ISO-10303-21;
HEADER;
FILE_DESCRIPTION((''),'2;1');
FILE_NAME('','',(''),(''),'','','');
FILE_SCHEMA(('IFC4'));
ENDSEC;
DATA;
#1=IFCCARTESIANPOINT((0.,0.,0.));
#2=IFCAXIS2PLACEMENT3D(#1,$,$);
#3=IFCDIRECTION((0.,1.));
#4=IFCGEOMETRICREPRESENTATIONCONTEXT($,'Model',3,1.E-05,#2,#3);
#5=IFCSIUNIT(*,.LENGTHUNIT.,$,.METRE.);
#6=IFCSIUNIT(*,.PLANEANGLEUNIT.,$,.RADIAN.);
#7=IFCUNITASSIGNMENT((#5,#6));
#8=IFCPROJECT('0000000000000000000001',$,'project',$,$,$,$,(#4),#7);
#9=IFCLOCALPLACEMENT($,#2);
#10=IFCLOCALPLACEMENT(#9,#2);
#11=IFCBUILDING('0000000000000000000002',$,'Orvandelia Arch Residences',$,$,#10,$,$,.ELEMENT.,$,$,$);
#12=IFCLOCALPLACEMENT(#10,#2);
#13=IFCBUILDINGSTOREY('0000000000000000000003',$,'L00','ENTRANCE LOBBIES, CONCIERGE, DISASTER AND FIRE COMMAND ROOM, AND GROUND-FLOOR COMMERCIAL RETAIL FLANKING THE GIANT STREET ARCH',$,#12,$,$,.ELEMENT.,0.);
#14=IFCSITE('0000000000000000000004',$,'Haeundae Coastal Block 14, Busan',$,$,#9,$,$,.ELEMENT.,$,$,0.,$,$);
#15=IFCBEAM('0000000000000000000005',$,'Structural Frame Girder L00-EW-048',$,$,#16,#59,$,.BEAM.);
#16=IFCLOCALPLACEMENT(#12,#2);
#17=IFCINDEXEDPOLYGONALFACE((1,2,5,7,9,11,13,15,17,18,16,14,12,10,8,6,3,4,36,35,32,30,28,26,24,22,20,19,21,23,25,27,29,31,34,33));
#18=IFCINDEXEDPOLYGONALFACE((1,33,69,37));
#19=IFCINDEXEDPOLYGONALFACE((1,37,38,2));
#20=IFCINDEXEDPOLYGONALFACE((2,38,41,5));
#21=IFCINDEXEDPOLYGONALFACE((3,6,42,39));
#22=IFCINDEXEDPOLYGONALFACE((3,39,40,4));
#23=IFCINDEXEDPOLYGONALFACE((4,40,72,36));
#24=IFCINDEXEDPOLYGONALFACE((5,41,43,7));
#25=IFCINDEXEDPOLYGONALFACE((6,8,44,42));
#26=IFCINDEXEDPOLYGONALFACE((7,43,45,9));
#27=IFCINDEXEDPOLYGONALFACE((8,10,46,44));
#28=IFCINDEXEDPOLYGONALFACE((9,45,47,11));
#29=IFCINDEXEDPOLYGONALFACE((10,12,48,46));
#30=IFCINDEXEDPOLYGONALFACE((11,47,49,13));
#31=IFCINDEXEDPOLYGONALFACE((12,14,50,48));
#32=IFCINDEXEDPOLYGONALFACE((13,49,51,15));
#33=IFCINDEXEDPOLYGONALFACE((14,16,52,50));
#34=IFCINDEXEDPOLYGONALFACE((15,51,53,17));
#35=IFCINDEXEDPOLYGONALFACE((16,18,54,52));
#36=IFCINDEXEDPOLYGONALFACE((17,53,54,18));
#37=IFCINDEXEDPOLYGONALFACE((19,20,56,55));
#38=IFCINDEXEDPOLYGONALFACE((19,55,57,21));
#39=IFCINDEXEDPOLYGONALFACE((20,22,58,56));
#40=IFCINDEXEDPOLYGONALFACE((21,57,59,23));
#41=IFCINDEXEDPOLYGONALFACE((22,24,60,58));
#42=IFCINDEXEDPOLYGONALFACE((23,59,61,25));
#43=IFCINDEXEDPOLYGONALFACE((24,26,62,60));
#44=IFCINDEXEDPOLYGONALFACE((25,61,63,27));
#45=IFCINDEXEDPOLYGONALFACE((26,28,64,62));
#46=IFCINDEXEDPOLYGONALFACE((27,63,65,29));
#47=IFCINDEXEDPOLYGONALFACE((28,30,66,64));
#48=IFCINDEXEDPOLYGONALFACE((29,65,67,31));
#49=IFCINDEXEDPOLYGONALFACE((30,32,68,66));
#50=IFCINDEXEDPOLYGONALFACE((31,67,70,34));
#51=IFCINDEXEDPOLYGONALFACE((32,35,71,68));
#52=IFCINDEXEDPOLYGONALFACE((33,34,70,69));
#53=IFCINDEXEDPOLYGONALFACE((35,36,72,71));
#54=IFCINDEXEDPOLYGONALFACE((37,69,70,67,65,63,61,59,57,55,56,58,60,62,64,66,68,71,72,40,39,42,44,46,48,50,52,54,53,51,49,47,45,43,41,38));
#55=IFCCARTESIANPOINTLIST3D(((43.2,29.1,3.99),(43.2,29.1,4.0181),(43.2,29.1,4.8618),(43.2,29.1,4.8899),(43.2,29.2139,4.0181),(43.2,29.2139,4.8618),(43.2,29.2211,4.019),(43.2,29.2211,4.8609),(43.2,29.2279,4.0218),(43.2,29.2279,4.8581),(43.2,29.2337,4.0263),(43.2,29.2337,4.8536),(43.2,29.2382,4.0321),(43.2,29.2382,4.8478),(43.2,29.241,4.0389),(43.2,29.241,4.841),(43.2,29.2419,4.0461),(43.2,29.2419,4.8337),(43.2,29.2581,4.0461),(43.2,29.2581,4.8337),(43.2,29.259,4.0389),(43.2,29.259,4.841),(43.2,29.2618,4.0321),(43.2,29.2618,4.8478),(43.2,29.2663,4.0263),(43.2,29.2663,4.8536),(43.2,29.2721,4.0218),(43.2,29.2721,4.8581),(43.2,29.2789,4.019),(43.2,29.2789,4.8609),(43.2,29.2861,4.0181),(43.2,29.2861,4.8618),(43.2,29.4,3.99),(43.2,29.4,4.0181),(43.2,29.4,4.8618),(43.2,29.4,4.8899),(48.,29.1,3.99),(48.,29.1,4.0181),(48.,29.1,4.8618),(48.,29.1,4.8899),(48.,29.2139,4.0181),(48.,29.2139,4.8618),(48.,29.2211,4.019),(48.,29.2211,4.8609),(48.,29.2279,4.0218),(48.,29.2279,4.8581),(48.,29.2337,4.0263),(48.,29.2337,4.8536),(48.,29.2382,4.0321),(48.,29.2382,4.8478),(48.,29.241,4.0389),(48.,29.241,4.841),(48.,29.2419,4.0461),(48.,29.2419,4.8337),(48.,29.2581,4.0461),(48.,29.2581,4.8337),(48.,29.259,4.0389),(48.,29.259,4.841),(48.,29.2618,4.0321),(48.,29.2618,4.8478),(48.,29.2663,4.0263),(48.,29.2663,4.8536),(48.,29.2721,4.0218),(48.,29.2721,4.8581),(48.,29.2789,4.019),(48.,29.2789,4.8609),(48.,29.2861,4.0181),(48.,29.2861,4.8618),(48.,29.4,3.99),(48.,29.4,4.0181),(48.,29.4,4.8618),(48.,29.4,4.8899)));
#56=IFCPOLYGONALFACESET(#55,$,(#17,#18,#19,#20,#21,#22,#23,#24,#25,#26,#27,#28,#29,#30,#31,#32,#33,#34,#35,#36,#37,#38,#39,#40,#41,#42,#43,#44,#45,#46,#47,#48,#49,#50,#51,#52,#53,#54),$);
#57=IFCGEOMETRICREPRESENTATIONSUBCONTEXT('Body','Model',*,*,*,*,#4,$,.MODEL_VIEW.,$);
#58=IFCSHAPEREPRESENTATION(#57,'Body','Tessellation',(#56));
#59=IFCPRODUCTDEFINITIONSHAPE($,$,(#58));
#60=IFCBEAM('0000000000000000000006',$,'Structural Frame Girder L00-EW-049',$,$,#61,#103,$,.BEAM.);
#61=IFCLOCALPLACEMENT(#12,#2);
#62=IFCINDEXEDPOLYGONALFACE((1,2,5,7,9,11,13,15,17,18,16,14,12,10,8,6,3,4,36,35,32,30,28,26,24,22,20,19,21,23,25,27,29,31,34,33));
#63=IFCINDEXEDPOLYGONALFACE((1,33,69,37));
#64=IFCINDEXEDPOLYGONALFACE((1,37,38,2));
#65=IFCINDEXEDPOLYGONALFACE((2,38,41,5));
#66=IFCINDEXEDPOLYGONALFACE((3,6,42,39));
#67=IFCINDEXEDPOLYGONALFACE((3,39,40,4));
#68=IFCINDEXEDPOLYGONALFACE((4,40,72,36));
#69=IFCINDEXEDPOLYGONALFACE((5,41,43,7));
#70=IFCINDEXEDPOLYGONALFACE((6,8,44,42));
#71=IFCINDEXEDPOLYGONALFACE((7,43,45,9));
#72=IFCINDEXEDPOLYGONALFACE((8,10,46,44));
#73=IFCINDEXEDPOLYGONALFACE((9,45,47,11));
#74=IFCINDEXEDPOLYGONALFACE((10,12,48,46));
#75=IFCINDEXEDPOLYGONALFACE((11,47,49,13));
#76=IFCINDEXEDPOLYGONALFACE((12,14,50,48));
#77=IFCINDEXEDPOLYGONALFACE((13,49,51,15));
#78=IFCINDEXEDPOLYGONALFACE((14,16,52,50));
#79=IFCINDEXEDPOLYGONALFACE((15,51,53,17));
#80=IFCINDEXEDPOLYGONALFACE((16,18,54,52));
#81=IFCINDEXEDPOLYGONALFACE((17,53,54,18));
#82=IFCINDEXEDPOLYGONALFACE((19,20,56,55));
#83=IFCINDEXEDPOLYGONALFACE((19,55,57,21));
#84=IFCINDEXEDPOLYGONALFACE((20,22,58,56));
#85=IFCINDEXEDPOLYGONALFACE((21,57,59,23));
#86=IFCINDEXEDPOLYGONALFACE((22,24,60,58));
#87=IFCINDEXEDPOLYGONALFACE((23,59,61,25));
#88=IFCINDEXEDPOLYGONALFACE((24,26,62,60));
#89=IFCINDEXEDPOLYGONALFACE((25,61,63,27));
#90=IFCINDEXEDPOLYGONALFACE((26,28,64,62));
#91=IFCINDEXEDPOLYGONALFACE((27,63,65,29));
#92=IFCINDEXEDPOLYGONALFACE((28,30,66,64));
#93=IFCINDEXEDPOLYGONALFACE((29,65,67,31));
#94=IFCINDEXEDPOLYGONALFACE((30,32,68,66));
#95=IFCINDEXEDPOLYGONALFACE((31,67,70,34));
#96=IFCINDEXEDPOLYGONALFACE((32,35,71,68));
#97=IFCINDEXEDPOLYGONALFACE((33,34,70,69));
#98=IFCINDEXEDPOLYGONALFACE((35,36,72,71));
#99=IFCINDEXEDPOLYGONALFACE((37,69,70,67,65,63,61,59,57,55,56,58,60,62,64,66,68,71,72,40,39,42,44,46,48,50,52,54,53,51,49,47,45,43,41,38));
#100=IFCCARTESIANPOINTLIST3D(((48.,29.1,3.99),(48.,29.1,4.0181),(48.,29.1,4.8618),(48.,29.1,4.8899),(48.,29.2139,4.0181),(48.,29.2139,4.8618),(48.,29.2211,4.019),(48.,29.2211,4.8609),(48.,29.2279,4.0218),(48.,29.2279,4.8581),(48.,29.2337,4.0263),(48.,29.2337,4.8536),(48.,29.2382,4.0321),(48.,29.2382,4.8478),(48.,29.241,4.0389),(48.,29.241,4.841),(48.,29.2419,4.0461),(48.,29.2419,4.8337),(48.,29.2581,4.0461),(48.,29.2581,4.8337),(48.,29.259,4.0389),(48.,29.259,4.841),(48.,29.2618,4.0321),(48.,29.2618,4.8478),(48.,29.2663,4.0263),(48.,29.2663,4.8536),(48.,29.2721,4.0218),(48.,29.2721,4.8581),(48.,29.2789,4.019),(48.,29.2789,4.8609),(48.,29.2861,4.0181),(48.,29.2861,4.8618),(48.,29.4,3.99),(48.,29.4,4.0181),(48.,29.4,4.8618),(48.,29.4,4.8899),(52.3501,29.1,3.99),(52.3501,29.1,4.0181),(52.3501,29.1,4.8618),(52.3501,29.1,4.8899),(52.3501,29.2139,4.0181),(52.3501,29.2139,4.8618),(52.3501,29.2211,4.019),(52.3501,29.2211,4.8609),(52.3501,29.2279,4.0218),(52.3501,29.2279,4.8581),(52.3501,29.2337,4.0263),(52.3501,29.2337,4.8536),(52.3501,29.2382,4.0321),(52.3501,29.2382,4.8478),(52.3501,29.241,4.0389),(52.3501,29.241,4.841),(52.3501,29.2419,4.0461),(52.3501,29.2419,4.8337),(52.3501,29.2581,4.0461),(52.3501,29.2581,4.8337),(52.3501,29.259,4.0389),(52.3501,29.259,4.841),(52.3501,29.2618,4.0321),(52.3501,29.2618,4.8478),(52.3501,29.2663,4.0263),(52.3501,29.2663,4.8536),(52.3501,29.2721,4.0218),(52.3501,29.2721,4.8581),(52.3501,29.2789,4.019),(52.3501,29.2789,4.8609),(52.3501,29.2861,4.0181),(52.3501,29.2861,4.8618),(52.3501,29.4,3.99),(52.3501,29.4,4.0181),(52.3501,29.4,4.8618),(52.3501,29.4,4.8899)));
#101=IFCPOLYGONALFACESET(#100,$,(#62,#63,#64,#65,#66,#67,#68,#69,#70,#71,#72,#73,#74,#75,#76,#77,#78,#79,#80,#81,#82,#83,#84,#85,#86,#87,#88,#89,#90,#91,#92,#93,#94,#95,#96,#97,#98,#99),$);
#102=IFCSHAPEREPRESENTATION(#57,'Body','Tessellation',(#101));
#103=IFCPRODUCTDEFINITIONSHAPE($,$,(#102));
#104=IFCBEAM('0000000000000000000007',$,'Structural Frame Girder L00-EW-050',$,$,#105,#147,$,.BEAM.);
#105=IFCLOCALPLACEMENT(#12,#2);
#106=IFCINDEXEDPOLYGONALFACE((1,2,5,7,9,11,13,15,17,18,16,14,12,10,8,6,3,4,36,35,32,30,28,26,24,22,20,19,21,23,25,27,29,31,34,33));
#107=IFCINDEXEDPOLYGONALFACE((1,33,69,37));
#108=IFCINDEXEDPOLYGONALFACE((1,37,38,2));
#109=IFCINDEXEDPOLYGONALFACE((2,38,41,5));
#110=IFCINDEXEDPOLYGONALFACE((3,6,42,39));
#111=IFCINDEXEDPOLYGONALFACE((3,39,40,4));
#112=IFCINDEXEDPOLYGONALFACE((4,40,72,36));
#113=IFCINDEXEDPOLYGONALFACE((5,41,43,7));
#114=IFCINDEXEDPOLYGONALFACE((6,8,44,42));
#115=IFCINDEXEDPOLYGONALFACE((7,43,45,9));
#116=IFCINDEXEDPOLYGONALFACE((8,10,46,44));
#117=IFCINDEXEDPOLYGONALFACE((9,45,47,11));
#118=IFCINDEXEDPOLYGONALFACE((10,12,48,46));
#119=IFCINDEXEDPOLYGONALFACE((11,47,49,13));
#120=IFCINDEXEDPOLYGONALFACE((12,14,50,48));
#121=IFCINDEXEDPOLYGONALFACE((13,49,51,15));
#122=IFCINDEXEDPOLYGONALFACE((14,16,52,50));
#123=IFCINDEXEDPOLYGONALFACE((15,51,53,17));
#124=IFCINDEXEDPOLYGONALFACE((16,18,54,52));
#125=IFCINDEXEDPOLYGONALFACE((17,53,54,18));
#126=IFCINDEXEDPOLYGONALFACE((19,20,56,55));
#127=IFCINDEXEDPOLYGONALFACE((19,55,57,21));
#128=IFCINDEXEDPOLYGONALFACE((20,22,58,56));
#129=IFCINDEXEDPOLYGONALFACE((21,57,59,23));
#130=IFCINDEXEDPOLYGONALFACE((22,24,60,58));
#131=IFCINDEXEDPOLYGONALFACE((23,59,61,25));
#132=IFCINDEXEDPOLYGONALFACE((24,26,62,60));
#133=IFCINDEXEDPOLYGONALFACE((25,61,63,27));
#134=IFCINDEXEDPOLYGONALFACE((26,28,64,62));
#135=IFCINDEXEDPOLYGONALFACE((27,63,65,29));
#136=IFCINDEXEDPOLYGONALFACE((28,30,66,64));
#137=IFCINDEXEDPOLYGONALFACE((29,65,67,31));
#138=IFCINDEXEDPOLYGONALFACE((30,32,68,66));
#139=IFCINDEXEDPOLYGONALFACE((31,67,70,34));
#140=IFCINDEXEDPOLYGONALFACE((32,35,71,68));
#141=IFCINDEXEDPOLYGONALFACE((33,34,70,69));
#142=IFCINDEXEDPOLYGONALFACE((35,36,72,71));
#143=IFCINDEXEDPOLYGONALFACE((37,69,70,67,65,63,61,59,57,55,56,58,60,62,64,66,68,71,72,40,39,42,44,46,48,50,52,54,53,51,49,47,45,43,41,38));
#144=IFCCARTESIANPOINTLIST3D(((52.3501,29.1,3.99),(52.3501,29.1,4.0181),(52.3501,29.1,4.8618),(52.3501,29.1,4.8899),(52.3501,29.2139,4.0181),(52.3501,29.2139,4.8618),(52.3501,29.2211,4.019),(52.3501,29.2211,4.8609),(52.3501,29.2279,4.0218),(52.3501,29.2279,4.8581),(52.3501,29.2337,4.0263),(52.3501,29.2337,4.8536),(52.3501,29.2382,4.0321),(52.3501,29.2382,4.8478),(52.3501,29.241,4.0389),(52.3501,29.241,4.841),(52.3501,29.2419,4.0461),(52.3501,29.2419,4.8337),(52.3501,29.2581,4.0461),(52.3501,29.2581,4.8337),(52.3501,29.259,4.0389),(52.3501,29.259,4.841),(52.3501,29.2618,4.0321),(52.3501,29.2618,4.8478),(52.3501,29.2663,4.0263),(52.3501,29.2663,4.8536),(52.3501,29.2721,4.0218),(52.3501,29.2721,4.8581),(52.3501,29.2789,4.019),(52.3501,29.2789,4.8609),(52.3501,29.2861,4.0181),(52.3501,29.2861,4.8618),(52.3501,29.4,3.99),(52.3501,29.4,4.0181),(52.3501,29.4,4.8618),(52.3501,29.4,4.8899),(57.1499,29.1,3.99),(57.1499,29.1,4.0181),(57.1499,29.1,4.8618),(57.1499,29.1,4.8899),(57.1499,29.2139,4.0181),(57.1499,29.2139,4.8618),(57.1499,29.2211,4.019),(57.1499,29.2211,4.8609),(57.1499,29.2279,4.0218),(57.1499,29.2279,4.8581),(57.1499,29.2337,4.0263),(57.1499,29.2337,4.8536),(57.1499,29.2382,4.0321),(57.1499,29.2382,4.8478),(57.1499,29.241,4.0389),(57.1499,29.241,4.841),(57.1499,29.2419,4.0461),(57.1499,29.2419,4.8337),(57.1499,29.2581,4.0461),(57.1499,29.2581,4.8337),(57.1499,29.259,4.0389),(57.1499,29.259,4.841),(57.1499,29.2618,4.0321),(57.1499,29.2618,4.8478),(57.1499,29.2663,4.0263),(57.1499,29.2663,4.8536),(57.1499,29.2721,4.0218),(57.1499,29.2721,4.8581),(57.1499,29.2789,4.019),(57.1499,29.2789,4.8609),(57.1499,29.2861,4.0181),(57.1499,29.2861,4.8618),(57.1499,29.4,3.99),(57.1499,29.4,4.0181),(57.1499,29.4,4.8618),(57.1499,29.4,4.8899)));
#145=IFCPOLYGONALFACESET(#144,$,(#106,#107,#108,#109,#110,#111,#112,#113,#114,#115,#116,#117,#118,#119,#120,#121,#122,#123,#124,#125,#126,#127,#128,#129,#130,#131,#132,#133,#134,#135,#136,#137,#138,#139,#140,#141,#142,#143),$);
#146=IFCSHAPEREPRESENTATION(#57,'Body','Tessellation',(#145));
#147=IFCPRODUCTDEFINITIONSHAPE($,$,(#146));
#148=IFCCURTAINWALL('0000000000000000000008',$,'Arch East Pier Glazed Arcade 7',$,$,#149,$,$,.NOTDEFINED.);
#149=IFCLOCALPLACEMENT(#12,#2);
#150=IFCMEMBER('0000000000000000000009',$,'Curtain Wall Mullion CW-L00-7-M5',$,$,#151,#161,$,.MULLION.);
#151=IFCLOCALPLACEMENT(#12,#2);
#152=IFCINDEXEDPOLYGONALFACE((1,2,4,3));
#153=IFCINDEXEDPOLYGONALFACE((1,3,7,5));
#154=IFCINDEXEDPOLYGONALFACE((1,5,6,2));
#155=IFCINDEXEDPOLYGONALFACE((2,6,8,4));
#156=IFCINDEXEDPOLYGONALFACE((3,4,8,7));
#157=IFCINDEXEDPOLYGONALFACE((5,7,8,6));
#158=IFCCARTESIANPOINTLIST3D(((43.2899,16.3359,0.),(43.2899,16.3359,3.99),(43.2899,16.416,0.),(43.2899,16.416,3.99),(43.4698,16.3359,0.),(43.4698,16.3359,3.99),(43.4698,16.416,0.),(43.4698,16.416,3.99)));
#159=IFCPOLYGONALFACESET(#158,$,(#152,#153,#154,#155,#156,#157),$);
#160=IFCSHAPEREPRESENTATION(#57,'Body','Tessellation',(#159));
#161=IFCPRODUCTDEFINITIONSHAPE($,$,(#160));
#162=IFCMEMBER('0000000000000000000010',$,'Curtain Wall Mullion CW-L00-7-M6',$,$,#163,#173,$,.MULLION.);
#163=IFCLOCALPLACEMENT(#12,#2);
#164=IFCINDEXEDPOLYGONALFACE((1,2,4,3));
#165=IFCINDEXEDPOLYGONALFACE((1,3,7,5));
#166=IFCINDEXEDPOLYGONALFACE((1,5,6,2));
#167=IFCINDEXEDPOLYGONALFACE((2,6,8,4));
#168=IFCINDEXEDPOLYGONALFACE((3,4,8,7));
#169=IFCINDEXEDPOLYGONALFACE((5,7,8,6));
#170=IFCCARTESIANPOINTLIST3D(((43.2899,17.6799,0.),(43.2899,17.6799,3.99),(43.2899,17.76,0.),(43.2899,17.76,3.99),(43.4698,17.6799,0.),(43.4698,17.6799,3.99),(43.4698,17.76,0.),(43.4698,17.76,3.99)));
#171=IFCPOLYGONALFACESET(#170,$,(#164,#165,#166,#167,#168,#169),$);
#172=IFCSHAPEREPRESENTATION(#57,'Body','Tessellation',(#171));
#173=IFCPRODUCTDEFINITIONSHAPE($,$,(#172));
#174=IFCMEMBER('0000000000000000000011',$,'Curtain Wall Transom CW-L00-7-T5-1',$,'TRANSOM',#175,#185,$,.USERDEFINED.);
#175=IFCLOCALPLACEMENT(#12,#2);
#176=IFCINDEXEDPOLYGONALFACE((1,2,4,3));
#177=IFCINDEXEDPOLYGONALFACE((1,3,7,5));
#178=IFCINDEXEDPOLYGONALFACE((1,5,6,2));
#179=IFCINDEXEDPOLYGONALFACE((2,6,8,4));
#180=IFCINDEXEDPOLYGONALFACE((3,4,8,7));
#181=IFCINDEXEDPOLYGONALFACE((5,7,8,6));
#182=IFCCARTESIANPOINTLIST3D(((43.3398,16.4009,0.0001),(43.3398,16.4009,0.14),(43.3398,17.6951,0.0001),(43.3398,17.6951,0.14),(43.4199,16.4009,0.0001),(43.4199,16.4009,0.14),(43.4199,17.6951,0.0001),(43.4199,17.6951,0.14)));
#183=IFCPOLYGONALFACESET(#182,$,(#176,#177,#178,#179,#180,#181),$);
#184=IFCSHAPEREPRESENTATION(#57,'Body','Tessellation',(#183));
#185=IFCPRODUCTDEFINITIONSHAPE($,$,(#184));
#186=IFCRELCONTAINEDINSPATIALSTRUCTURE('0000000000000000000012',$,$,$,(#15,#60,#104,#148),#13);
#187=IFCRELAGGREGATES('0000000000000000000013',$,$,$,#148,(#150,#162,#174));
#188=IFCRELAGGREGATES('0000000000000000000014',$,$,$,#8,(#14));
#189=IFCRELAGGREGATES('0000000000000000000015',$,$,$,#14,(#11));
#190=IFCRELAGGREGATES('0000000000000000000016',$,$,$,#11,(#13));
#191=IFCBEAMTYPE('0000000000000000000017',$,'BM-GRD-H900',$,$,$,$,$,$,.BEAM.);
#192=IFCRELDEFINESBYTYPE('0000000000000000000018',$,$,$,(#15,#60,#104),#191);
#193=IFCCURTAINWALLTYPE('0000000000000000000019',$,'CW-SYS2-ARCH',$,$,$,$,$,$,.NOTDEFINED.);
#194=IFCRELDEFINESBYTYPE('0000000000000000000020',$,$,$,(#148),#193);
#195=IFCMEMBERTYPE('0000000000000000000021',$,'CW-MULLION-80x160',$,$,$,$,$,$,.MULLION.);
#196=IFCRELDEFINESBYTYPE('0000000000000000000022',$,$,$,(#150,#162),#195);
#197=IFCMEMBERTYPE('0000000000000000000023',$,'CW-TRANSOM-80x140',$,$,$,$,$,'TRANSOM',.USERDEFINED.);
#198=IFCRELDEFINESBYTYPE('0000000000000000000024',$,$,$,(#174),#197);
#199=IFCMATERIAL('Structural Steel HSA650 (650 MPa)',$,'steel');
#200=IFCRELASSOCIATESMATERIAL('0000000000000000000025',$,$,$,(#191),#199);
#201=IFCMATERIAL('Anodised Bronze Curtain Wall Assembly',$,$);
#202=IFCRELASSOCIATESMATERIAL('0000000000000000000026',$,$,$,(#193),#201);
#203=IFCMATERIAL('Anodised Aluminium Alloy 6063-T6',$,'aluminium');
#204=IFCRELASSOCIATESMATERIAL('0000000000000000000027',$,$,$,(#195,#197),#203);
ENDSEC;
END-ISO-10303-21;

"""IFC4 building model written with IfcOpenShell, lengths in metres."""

from ifc_helpers import new_model, si_unit, direction, frame, origin, origin_2d, place, context, subcontext, project, spatial, rectangle, i_section, extrude, material, material_profile, profile_set, type_object, element, aggregate, save


model = new_model("IFC4")

# Units and contexts
model_context = context("Model", 3, precision=1e-05, world=origin(), true_north=direction((0.0, 1.0)))
body_context = subcontext(model_context, "Body", "Model", "MODEL_VIEW")
ifc_project = project(units=[si_unit("LENGTHUNIT", "METRE"), si_unit("PLANEANGLEUNIT", "RADIAN")], contexts=[model_context])

# Site, building, storey
site_placement = place(None, origin())
site = spatial("IfcSite", under=ifc_project, at=site_placement, Name="Haeundae Coastal Block 14, Busan", CompositionType="ELEMENT", RefElevation=0.0)
building_placement = place(site_placement, origin())
building = spatial("IfcBuilding", under=site, at=building_placement, Name="Orvandelia Arch Residences", CompositionType="ELEMENT")
storey_placement = place(building_placement, origin())
storey = spatial("IfcBuildingStorey", under=building, at=storey_placement, Name="L00", Description="ENTRANCE LOBBIES, CONCIERGE, DISASTER AND FIRE COMMAND ROOM, AND GROUND-FLOOR COMMERCIAL RETAIL FLANKING THE GIANT STREET ARCH", CompositionType="ELEMENT", Elevation=0.0)

# Beams
ifc_material_1 = material(Name="Structural Steel HSA650 (650 MPa)", Category="steel")
ifc_material_profile_1 = material_profile(ifc_material_1, i_section(OverallWidth=0.3, OverallDepth=0.8999, WebThickness=0.0161, FlangeThickness=0.0281, FilletRadius=0.0281, at=origin_2d()), Name="Structural Steel HSA650 (650 MPa)", Category="steel")
ifc_profile_set_1 = profile_set([ifc_material_profile_1], Name="Structural Steel HSA650 (650 MPa)")
beam_type = type_object("IfcBeamType", Name="BM-GRD-H900", PredefinedType="BEAM", material=ifc_profile_set_1)
beam_1_placement = place(storey_placement, frame((43.2, 29.25, 4.4399), z_axis=(1.0, 0.0, 0.0), x_axis=(0.0, 1.0, 0.0)))
element("IfcBeam", 1, at=beam_1_placement, inside=storey, type_object=beam_type, Name="Structural Frame Girder L00-EW-048", PredefinedType="BEAM", context=body_context, shape_type="SweptSolid", body=[
    extrude(i_section(OverallWidth=0.3, OverallDepth=0.8999, WebThickness=0.0161, FlangeThickness=0.0281, FilletRadius=0.0281, at=origin_2d()), origin(), (0.0, 0.0, 1.0), 4.8),
])
beam_2_placement = place(storey_placement, frame((48.0, 29.25, 4.4399), z_axis=(1.0, 0.0, 0.0), x_axis=(0.0, 1.0, 0.0)))
element("IfcBeam", 2, at=beam_2_placement, inside=storey, type_object=beam_type, Name="Structural Frame Girder L00-EW-049", PredefinedType="BEAM", context=body_context, shape_type="SweptSolid", body=[
    extrude(i_section(OverallWidth=0.3, OverallDepth=0.8999, WebThickness=0.0161, FlangeThickness=0.0281, FilletRadius=0.0281, at=origin_2d()), origin(), (0.0, 0.0, 1.0), 4.3501),
])
beam_3_placement = place(storey_placement, frame((52.3501, 29.25, 4.4399), z_axis=(1.0, 0.0, 0.0), x_axis=(0.0, 1.0, 0.0)))
element("IfcBeam", 3, at=beam_3_placement, inside=storey, type_object=beam_type, Name="Structural Frame Girder L00-EW-050", PredefinedType="BEAM", context=body_context, shape_type="SweptSolid", body=[
    extrude(i_section(OverallWidth=0.3, OverallDepth=0.8999, WebThickness=0.0161, FlangeThickness=0.0281, FilletRadius=0.0281, at=origin_2d()), origin(), (0.0, 0.0, 1.0), 4.7998),
])

# Curtain wall, members
ifc_material_2 = material(Name="Anodised Bronze Curtain Wall Assembly")
curtain_wall_type = type_object("IfcCurtainWallType", Name="CW-SYS2-ARCH", PredefinedType="NOTDEFINED", material=ifc_material_2)
curtain_wall_placement = place(storey_placement, origin())
curtain_wall = element("IfcCurtainWall", 4, at=curtain_wall_placement, inside=storey, type_object=curtain_wall_type, Name="Arch East Pier Glazed Arcade 7", PredefinedType="NOTDEFINED")
ifc_material_3 = material(Name="Anodised Aluminium Alloy 6063-T6", Category="aluminium")
ifc_material_profile_2 = material_profile(ifc_material_3, rectangle(XDim=0.0801, YDim=0.1799, at=origin_2d()), Name="Anodised Aluminium Alloy 6063-T6", Category="aluminium")
ifc_profile_set_2 = profile_set([ifc_material_profile_2], Name="Anodised Aluminium Alloy 6063-T6")
member_type_1 = type_object("IfcMemberType", Name="CW-MULLION-80x160", PredefinedType="MULLION", material=ifc_profile_set_2)
member_1_placement = place(storey_placement, frame((43.3799, 16.376, 0.0), z_axis=(0.0, 0.0, 1.0), x_axis=(0.0, 1.0, 0.0)))
member_1 = element("IfcMember", 5, at=member_1_placement, type_object=member_type_1, Name="Curtain Wall Mullion CW-L00-7-M5", PredefinedType="MULLION", context=body_context, shape_type="SweptSolid", body=[
    extrude(rectangle(XDim=0.0801, YDim=0.1799, at=origin_2d()), origin(), (0.0, 0.0, 1.0), 3.99),
])
member_2_placement = place(storey_placement, frame((43.3799, 17.72, 0.0), z_axis=(0.0, 0.0, 1.0), x_axis=(0.0, 1.0, 0.0)))
member_2 = element("IfcMember", 6, at=member_2_placement, type_object=member_type_1, Name="Curtain Wall Mullion CW-L00-7-M6", PredefinedType="MULLION", context=body_context, shape_type="SweptSolid", body=[
    extrude(rectangle(XDim=0.0801, YDim=0.1799, at=origin_2d()), origin(), (0.0, 0.0, 1.0), 3.99),
])
ifc_material_profile_3 = material_profile(ifc_material_3, rectangle(XDim=0.0801, YDim=0.1399, at=origin_2d()), Name="Anodised Aluminium Alloy 6063-T6", Category="aluminium")
ifc_profile_set_3 = profile_set([ifc_material_profile_3], Name="Anodised Aluminium Alloy 6063-T6")
member_type_2 = type_object("IfcMemberType", Name="CW-TRANSOM-80x140", ElementType="TRANSOM", PredefinedType="USERDEFINED", material=ifc_profile_set_3)
member_3_placement = place(storey_placement, frame((43.3799, 16.4009, 0.0701), z_axis=(0.0, 1.0, 0.0), x_axis=(-1.0, 0.0, 0.0)))
member_3 = element("IfcMember", 7, at=member_3_placement, type_object=member_type_2, Name="Curtain Wall Transom CW-L00-7-T5-1", ObjectType="TRANSOM", PredefinedType="USERDEFINED", context=body_context, shape_type="SweptSolid", body=[
    extrude(rectangle(XDim=0.0801, YDim=0.1399, at=origin_2d()), origin(), (0.0, 0.0, 1.0), 1.2942),
])
aggregate(curtain_wall, [member_1, member_2, member_3])

save(model, "model.ifc")
